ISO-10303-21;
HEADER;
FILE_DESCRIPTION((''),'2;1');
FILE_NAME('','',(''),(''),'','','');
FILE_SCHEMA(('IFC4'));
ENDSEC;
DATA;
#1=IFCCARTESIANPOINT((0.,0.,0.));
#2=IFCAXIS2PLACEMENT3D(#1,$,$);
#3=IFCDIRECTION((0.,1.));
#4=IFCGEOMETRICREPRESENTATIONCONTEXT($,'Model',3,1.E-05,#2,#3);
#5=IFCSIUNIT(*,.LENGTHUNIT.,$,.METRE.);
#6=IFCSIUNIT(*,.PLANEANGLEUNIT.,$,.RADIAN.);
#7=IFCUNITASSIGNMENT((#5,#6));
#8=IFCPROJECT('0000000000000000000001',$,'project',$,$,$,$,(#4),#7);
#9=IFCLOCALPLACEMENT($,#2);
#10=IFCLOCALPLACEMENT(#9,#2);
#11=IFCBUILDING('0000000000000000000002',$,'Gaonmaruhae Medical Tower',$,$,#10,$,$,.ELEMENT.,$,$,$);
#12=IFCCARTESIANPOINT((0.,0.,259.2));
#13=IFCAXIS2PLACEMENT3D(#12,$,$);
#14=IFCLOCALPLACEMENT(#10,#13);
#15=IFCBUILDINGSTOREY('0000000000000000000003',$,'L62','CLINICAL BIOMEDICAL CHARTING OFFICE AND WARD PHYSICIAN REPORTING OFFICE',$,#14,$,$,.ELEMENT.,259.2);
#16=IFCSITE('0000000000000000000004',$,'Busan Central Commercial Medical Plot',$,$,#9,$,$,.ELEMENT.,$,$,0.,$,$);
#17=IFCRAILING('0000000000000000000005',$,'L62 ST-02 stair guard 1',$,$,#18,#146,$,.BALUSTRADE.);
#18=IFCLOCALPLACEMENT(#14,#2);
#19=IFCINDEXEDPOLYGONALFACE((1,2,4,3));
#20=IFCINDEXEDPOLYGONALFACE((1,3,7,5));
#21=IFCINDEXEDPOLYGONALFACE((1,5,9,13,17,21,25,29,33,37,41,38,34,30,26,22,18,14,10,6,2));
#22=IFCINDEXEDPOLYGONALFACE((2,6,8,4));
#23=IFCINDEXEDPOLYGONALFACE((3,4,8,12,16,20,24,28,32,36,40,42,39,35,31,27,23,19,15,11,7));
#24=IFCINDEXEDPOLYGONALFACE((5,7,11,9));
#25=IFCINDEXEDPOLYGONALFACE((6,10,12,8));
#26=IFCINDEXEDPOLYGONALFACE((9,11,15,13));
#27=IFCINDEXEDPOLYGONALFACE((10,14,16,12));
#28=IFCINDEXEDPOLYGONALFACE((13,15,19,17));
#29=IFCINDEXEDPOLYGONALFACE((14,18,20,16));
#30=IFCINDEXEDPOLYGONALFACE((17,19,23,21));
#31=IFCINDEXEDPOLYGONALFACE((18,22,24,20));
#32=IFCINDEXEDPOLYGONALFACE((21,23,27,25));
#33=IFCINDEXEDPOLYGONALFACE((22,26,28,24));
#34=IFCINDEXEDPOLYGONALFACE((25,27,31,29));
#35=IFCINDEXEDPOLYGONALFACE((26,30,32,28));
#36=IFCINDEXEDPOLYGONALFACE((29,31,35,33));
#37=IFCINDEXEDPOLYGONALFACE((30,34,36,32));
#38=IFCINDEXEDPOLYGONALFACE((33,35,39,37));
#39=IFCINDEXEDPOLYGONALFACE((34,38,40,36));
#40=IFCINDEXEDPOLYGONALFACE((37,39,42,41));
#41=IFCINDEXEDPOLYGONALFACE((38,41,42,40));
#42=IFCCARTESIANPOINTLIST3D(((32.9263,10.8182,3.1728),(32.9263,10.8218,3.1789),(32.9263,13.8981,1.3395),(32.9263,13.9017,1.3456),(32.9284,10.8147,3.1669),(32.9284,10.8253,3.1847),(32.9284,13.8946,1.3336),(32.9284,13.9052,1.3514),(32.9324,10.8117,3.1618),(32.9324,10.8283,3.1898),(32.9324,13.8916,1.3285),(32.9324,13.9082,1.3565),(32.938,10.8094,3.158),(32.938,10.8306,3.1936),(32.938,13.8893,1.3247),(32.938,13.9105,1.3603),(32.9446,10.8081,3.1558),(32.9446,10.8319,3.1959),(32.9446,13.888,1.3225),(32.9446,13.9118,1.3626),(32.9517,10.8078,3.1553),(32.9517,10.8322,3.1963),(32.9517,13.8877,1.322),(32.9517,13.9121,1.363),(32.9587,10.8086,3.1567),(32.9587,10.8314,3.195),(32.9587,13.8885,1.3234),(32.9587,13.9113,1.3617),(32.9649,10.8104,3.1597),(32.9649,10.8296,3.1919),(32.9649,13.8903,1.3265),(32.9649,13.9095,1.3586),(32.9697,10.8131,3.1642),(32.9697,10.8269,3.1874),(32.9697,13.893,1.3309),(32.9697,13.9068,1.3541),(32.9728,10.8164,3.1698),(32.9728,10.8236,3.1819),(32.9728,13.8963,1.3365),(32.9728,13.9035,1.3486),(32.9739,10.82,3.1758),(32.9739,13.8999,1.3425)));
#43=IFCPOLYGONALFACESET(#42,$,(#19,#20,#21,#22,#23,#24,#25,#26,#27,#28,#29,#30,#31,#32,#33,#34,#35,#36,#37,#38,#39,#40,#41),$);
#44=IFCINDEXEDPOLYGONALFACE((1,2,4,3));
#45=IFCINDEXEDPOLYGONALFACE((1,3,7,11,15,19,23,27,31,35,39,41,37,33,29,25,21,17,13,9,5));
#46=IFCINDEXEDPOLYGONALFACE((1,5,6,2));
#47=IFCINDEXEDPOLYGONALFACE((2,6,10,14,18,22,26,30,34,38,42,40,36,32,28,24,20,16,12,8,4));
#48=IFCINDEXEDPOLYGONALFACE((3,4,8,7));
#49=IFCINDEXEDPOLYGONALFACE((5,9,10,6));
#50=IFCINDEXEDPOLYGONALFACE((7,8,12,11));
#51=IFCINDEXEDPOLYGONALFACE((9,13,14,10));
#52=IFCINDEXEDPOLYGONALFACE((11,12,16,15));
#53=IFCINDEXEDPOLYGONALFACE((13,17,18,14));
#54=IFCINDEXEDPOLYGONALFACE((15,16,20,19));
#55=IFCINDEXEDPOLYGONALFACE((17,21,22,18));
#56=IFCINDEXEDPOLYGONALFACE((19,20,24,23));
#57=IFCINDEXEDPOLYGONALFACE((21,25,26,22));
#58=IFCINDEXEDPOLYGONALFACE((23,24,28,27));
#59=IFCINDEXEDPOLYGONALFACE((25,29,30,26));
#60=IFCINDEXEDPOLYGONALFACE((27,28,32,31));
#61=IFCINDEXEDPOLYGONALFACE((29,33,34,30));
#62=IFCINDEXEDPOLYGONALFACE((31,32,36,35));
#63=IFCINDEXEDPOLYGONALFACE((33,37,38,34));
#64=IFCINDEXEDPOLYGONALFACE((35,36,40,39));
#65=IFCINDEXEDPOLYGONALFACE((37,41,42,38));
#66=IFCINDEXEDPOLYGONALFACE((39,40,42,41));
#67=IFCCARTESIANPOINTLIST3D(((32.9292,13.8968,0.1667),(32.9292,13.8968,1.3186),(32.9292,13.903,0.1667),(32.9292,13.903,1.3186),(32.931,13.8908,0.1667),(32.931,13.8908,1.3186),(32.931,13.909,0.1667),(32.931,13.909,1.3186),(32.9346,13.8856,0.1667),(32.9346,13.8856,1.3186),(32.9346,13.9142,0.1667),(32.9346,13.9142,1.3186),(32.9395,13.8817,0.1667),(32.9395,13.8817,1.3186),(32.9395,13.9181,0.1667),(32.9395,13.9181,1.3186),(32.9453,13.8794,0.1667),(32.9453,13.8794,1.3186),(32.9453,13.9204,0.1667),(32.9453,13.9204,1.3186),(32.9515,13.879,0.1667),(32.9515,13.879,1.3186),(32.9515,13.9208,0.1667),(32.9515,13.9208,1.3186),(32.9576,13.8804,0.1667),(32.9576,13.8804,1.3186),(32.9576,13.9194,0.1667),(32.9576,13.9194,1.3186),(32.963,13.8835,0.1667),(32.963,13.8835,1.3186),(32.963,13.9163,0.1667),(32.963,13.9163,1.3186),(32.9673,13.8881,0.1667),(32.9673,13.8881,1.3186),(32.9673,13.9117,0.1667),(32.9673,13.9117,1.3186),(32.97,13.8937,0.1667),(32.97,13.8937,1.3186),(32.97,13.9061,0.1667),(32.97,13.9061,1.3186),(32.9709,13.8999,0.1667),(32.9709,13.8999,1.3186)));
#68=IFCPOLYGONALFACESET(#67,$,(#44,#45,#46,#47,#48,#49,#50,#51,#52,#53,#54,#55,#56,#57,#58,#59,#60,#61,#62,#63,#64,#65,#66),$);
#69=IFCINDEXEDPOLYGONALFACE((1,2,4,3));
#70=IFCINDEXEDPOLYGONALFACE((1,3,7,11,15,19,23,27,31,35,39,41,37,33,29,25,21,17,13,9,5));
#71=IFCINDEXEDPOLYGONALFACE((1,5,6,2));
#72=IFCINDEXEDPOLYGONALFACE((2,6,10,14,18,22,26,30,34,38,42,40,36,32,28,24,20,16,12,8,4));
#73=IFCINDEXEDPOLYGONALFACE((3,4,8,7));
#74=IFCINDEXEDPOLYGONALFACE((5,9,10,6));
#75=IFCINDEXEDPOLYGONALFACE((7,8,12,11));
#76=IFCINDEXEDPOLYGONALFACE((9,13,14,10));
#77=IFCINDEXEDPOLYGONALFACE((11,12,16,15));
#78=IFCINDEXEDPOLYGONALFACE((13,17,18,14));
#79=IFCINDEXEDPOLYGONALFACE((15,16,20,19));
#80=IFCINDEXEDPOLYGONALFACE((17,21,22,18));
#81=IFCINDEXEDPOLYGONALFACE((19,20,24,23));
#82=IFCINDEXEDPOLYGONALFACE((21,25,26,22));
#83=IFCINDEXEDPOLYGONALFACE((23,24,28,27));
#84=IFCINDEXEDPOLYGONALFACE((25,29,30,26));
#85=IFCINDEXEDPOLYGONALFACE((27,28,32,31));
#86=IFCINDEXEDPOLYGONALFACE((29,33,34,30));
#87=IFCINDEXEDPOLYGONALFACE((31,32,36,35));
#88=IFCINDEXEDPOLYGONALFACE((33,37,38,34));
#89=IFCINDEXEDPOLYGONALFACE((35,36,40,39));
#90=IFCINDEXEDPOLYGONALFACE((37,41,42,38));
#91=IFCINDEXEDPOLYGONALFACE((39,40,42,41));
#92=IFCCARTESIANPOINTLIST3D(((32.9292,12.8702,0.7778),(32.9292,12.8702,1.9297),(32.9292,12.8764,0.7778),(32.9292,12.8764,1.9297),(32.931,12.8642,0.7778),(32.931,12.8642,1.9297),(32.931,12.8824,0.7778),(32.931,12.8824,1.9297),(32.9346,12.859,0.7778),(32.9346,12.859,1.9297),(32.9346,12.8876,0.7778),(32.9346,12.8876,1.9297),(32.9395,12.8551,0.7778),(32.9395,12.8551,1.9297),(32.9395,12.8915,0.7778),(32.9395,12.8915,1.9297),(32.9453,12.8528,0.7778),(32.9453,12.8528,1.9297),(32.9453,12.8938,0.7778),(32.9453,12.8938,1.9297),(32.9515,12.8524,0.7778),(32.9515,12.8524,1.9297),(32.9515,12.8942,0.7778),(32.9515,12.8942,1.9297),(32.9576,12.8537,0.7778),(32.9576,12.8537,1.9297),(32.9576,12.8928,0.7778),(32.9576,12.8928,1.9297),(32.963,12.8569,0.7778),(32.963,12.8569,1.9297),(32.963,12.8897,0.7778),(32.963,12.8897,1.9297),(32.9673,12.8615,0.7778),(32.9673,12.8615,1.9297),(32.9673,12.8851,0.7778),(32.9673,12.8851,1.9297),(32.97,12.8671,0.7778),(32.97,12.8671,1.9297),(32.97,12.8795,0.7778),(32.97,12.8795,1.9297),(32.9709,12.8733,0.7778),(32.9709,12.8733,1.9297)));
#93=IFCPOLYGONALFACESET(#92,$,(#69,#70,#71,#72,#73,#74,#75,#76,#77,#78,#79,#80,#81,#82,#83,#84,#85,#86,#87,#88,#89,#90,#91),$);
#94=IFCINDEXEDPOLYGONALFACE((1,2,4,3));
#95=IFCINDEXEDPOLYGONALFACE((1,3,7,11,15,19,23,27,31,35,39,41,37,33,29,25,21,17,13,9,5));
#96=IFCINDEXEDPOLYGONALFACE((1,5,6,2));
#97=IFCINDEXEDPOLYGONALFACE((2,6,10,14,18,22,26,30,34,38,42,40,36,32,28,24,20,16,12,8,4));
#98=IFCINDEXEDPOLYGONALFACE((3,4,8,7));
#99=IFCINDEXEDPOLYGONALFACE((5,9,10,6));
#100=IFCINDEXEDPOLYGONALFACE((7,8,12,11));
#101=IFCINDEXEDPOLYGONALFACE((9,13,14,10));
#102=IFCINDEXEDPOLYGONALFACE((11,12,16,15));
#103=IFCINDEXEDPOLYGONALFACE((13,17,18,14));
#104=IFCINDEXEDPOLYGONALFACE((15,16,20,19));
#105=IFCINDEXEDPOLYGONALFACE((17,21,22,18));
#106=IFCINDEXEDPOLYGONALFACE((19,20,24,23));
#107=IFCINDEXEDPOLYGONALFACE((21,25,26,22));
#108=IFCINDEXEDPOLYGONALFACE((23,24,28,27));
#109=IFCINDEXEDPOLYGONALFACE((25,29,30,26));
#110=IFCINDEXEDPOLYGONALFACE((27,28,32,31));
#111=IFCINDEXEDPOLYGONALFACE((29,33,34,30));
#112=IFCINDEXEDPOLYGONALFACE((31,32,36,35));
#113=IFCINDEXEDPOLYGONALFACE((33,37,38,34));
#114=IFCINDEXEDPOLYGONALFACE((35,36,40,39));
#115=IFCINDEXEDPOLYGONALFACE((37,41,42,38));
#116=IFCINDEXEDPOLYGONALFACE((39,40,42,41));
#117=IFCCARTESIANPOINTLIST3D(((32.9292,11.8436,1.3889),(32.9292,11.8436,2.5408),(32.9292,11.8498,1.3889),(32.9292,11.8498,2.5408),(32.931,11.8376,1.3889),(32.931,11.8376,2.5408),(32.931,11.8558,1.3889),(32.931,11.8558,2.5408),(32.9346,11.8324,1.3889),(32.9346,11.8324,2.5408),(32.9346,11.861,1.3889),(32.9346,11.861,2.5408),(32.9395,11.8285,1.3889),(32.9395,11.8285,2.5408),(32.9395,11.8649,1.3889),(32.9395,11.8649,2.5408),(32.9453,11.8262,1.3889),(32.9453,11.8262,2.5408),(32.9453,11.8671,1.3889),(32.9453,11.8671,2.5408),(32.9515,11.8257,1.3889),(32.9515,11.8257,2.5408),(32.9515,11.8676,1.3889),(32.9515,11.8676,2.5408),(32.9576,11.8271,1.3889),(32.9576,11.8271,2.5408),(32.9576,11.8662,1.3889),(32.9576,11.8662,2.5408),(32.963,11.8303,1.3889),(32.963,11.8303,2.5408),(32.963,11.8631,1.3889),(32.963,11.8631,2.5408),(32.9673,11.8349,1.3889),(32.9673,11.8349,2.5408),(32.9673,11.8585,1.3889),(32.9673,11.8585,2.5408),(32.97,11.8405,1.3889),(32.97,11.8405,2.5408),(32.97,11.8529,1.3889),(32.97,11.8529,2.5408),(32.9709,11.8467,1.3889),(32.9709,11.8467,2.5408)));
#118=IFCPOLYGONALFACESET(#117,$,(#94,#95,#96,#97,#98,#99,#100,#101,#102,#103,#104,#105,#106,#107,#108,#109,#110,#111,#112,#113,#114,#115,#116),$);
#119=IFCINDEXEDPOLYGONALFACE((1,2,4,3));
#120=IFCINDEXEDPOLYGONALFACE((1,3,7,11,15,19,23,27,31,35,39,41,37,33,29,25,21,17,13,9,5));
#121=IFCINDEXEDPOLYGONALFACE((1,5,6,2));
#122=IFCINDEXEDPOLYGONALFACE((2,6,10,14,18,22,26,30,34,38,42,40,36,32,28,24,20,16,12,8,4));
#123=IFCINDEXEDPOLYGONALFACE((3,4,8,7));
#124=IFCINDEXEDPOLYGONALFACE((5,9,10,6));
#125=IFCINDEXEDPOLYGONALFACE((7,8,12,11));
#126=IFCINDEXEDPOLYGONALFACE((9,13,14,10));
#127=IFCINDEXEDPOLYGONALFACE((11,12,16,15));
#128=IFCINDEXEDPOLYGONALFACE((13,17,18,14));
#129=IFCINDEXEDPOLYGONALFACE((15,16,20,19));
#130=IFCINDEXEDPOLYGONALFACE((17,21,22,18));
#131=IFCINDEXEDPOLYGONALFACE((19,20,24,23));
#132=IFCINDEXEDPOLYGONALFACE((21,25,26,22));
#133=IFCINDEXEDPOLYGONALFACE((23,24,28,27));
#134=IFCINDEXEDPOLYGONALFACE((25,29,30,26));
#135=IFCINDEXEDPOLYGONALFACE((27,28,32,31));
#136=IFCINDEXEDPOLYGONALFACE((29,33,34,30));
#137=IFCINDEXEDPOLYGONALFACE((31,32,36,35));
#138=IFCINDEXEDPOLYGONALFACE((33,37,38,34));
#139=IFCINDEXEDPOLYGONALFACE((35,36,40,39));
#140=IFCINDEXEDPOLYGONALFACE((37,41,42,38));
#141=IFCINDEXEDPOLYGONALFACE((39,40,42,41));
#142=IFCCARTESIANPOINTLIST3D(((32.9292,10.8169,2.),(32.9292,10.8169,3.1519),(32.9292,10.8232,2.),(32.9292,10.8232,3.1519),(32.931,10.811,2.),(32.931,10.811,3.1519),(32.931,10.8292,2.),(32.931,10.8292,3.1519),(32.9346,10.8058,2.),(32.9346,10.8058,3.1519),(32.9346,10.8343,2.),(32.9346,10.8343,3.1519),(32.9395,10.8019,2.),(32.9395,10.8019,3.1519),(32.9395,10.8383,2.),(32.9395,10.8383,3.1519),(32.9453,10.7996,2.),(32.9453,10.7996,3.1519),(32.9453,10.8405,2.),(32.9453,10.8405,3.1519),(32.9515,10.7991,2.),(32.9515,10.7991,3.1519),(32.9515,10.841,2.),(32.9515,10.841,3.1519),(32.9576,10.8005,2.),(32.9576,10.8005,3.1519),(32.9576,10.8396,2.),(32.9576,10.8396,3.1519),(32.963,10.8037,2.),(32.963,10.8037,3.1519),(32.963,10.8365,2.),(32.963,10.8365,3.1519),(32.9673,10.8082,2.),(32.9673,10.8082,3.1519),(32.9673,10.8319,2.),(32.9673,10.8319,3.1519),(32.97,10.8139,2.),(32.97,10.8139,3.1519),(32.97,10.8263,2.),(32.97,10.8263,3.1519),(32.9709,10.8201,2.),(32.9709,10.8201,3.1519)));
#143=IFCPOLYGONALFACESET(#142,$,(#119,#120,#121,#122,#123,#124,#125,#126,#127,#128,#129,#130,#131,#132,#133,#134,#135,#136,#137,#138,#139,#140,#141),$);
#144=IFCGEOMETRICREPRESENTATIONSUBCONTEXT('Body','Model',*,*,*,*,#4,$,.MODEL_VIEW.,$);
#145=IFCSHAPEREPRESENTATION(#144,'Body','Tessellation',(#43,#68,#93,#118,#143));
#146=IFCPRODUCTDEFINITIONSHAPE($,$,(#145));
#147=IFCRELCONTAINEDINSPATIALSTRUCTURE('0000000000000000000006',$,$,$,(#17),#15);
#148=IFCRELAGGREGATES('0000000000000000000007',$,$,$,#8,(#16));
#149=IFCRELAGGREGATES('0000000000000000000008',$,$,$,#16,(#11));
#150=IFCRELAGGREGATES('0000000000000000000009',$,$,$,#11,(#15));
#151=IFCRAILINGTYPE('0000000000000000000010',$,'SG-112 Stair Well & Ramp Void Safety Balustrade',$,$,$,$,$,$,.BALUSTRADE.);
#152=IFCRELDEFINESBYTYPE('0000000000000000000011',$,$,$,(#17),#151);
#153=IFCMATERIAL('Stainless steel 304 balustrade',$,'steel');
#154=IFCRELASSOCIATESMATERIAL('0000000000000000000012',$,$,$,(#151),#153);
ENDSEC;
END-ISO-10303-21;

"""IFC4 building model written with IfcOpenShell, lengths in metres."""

from ifc_helpers import new_model, si_unit, direction, frame, origin, origin_2d, place, context, subcontext, project, spatial, circle, extrude, material, type_object, element, save


model = new_model("IFC4")

# Units and contexts
model_context = context("Model", 3, precision=1e-05, world=origin(), true_north=direction((0.0, 1.0)))
body_context = subcontext(model_context, "Body", "Model", "MODEL_VIEW")
ifc_project = project(units=[si_unit("LENGTHUNIT", "METRE"), si_unit("PLANEANGLEUNIT", "RADIAN")], contexts=[model_context])

# Site, building, storey
site_placement = place(None, origin())
site = spatial("IfcSite", under=ifc_project, at=site_placement, Name="Busan Central Commercial Medical Plot", CompositionType="ELEMENT", RefElevation=0.0)
building_placement = place(site_placement, origin())
building = spatial("IfcBuilding", under=site, at=building_placement, Name="Gaonmaruhae Medical Tower", CompositionType="ELEMENT")
storey_placement = place(building_placement, frame((0.0, 0.0, 259.2)))
storey = spatial("IfcBuildingStorey", under=building, at=storey_placement, Name="L62", Description="CLINICAL BIOMEDICAL CHARTING OFFICE AND WARD PHYSICIAN REPORTING OFFICE", CompositionType="ELEMENT", Elevation=259.2)

# Railing
ifc_material_1 = material(Name="Stainless steel 304 balustrade", Category="steel")
railing_type_1 = type_object("IfcRailingType", Name="SG-112 Stair Well & Ramp Void Safety Balustrade", PredefinedType="BALUSTRADE", material=ifc_material_1)
railing_1_placement = place(storey_placement, frame((32.95, 13.8999, 0.1667)))
element("IfcRailing", 1, at=railing_1_placement, inside=storey, type_object=railing_type_1, Name="L62 ST-02 stair guard 1", PredefinedType="BALUSTRADE", context=body_context, shape_type="SweptSolid", body=[
    extrude(circle(Radius=0.0239, at=origin_2d()), frame((0.0, 0.0, 1.1758), z_axis=(0.0, -0.859291, 0.511487), x_axis=(1.0, 0.0, 0.0)), (0.0, 0.0, 1.0), 3.5842),
    extrude(circle(Radius=0.021, at=origin_2d()), origin(), (0.0, 0.0, 1.0), 1.1519),
    extrude(circle(Radius=0.021, at=origin_2d()), frame((0.0, -1.0266, 0.6111)), (0.0, 0.0, 1.0), 1.1519),
    extrude(circle(Radius=0.021, at=origin_2d()), frame((0.0, -2.0532, 1.2222)), (0.0, 0.0, 1.0), 1.1519),
    extrude(circle(Radius=0.021, at=origin_2d()), frame((0.0, -3.0798, 1.8333)), (0.0, 0.0, 1.0), 1.1519),
])

save(model, "model.ifc")
